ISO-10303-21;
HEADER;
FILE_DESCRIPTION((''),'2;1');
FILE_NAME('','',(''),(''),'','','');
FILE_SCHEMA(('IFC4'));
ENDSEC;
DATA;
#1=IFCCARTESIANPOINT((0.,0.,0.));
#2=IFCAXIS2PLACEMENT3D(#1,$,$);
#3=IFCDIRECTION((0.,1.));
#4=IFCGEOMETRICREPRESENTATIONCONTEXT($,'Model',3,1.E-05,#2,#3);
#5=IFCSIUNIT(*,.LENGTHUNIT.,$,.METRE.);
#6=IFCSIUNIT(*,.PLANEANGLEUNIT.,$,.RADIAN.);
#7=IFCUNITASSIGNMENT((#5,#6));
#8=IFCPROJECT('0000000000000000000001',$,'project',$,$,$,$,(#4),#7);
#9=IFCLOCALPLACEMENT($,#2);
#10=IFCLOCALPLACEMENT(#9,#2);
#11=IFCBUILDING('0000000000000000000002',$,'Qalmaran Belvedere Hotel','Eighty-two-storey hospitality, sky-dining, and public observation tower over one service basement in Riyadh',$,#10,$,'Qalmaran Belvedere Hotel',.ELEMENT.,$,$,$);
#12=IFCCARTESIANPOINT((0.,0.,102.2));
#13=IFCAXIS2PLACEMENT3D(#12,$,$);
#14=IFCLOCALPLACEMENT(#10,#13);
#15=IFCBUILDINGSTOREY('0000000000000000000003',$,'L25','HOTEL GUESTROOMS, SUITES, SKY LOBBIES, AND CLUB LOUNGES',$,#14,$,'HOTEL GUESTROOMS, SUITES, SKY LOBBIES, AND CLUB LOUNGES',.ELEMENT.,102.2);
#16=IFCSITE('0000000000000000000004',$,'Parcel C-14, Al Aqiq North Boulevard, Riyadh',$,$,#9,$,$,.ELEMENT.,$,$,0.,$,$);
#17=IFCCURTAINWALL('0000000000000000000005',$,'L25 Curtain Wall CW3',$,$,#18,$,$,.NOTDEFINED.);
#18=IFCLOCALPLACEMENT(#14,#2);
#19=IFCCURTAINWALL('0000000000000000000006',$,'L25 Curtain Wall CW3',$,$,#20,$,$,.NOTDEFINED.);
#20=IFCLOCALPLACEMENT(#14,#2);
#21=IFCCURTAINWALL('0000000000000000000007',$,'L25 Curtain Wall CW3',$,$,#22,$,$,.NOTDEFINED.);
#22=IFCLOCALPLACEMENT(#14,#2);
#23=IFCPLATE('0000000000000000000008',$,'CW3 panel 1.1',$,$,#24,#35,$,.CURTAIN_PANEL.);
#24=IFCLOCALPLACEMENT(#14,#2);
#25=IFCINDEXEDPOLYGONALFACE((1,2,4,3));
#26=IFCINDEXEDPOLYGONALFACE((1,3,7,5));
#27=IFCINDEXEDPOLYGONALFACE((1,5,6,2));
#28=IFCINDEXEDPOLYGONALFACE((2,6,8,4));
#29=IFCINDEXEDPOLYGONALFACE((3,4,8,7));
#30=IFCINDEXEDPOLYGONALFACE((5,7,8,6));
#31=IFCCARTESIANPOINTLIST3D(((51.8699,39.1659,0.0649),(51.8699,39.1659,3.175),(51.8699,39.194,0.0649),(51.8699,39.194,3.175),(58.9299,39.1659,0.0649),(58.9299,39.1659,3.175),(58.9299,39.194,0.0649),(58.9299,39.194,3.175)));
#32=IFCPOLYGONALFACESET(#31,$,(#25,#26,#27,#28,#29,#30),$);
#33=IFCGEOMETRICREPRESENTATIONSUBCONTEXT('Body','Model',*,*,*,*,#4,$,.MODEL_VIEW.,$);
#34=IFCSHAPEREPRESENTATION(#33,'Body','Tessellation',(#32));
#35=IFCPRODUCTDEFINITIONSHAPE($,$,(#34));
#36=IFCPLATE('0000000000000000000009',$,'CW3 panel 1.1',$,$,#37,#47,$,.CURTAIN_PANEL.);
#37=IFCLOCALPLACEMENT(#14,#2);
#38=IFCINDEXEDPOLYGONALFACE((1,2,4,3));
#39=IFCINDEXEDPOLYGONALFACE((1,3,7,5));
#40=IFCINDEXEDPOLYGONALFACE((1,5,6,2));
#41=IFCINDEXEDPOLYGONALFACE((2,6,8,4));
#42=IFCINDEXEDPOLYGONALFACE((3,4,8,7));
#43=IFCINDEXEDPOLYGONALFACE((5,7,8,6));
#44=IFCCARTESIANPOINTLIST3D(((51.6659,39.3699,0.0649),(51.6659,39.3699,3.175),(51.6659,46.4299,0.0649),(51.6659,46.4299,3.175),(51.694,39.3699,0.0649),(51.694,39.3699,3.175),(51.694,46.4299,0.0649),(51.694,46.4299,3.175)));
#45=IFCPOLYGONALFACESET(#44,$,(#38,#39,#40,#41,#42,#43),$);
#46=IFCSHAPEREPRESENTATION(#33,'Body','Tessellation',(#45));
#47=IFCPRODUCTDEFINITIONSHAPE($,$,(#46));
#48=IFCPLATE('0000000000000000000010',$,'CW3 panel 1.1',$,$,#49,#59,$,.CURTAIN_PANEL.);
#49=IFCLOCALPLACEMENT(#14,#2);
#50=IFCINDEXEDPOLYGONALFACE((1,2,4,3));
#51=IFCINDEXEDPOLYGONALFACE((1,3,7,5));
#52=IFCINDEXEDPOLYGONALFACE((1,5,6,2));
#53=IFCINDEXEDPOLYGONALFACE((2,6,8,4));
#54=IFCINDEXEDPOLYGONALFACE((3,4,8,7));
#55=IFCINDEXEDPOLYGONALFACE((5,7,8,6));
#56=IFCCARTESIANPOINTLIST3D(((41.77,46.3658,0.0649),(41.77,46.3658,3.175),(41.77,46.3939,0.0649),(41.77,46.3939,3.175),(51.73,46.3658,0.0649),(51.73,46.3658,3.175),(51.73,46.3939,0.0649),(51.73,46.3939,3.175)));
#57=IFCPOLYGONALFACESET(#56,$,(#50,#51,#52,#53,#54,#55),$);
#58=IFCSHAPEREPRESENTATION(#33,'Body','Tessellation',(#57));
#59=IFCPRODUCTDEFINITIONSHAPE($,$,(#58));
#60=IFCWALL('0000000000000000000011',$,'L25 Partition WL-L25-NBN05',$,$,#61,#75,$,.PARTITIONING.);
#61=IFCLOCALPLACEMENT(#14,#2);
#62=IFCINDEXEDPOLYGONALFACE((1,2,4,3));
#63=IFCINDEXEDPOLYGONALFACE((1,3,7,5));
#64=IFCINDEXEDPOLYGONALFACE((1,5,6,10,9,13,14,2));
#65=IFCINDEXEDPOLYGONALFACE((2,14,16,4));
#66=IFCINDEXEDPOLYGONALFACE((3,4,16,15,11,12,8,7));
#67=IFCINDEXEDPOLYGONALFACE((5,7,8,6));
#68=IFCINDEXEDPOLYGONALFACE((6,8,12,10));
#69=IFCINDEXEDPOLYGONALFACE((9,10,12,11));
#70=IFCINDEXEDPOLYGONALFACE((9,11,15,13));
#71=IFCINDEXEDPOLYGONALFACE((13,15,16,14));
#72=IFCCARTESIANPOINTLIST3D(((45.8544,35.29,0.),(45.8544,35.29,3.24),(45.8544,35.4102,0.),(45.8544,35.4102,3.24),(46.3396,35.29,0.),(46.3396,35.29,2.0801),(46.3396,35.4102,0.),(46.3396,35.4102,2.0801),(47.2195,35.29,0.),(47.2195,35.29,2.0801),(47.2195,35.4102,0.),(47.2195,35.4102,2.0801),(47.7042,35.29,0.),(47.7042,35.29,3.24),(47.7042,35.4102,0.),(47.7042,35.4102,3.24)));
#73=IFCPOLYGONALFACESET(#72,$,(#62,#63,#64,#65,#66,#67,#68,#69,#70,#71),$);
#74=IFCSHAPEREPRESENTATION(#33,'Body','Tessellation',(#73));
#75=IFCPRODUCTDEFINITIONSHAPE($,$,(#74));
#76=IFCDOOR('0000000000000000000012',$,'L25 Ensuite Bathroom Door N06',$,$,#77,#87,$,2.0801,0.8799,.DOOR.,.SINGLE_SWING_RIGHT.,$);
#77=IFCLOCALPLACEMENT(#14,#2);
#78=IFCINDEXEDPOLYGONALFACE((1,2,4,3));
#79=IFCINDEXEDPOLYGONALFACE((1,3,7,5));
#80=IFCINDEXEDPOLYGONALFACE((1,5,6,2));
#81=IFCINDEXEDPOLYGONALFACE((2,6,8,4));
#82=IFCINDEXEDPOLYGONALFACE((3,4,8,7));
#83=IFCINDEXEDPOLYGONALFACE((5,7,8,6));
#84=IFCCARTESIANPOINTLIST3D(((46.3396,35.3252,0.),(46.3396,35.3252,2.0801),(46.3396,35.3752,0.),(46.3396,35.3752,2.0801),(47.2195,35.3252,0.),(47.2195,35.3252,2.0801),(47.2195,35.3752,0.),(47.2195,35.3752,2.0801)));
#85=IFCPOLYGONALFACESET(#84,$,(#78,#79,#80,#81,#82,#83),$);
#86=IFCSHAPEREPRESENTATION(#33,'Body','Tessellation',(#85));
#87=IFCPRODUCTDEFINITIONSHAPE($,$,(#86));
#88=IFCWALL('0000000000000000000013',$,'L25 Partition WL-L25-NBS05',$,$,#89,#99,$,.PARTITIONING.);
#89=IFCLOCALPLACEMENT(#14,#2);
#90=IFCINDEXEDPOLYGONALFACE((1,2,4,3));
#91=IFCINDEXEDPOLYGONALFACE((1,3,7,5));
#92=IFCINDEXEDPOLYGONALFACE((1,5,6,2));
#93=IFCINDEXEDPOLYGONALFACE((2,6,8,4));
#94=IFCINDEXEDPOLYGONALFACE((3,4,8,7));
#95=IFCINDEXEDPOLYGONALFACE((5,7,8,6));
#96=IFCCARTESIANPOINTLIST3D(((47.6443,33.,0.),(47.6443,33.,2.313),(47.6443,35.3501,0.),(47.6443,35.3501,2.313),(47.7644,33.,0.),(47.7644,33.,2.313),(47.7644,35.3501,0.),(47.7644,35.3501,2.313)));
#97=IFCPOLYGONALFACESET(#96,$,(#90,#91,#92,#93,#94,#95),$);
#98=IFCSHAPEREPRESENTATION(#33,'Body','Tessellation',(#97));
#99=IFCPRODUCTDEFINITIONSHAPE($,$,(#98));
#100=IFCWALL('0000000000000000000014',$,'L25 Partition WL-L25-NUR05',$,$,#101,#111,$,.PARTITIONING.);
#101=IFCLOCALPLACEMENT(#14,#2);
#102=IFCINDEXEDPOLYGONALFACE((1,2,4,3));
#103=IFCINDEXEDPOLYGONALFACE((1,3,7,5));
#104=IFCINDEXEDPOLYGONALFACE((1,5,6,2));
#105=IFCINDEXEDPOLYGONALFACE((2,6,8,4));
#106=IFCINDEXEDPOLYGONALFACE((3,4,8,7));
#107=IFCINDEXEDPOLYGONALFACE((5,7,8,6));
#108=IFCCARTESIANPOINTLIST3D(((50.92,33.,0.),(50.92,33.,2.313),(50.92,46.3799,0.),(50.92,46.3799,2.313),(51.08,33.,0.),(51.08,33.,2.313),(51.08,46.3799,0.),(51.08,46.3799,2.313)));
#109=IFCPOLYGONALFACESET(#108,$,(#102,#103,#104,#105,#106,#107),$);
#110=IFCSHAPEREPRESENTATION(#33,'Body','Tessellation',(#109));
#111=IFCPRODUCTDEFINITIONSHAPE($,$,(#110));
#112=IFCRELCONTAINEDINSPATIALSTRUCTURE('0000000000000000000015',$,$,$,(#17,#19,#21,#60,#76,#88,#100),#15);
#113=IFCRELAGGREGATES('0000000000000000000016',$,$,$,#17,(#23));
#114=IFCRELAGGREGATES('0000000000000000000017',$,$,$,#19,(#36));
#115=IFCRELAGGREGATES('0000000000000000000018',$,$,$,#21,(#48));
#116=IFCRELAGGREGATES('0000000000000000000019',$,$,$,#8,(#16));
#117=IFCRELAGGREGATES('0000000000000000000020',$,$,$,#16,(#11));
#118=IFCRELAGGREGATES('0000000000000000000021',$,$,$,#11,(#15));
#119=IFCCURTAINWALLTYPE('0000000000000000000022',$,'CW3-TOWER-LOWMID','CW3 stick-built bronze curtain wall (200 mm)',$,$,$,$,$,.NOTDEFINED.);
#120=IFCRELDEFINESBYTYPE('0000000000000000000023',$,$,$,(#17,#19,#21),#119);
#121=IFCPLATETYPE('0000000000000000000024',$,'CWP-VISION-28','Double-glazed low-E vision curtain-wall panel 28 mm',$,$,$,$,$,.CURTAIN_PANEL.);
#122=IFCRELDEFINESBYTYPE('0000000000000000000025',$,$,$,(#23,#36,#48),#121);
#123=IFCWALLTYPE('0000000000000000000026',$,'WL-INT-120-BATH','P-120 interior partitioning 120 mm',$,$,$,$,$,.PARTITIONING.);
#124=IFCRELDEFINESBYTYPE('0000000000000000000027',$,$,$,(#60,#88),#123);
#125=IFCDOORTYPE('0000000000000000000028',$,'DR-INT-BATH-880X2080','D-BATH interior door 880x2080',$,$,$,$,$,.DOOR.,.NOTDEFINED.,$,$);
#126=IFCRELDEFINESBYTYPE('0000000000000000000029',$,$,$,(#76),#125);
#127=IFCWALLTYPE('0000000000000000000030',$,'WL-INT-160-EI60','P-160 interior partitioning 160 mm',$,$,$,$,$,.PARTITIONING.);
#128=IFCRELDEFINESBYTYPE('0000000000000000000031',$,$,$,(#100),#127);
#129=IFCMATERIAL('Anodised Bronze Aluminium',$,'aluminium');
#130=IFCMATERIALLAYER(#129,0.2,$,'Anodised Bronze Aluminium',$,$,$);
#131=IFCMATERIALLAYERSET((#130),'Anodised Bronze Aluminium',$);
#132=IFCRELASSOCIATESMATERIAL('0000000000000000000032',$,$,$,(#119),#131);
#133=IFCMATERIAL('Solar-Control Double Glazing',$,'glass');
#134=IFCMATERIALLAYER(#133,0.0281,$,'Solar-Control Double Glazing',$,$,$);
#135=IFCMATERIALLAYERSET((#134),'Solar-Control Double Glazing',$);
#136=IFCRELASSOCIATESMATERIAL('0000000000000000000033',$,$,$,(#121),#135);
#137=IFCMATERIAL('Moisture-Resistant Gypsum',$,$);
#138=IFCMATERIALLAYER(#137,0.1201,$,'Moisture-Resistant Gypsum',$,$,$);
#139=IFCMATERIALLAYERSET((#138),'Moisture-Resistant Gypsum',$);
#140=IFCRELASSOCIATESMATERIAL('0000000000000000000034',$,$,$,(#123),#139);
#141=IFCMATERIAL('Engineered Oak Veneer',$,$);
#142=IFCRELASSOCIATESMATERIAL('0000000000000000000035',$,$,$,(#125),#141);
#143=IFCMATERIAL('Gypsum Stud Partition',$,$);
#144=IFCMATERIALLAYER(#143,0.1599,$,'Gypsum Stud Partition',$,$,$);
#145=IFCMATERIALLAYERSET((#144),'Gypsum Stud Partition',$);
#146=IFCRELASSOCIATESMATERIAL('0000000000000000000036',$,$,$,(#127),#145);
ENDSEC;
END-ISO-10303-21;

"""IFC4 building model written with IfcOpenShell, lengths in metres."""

from ifc_helpers import new_model, si_unit, direction, frame, frame_2d, origin, origin_2d, place, context, subcontext, project, spatial, rectangle, extrude, material, layer, layer_set, type_object, element, fill, aggregate, save


model = new_model("IFC4")

# Units and contexts
model_context = context("Model", 3, precision=1e-05, world=origin(), true_north=direction((0.0, 1.0)))
body_context = subcontext(model_context, "Body", "Model", "MODEL_VIEW")
ifc_project = project(units=[si_unit("LENGTHUNIT", "METRE"), si_unit("PLANEANGLEUNIT", "RADIAN")], contexts=[model_context])

# Site, building, storey
site_placement = place(None, origin())
site = spatial("IfcSite", under=ifc_project, at=site_placement, Name="Parcel C-14, Al Aqiq North Boulevard, Riyadh", CompositionType="ELEMENT", RefElevation=0.0)
building_placement = place(site_placement, origin())
building = spatial("IfcBuilding", under=site, at=building_placement, Name="Qalmaran Belvedere Hotel", Description="Eighty-two-storey hospitality, sky-dining, and public observation tower over one service basement in Riyadh", LongName="Qalmaran Belvedere Hotel", CompositionType="ELEMENT")
storey_placement = place(building_placement, frame((0.0, 0.0, 102.2)))
storey = spatial("IfcBuildingStorey", under=building, at=storey_placement, Name="L25", Description="HOTEL GUESTROOMS, SUITES, SKY LOBBIES, AND CLUB LOUNGES", LongName="HOTEL GUESTROOMS, SUITES, SKY LOBBIES, AND CLUB LOUNGES", CompositionType="ELEMENT", Elevation=102.2)

# Shared definitions
ifc_material_1 = material(Name="Anodised Bronze Aluminium", Category="aluminium")
ifc_layer_1 = layer(ifc_material_1, 0.2, Name="Anodised Bronze Aluminium")
ifc_layer_set_1 = layer_set([ifc_layer_1], Name="Anodised Bronze Aluminium")
curtain_wall_type = type_object("IfcCurtainWallType", Name="CW3-TOWER-LOWMID", Description="CW3 stick-built bronze curtain wall (200 mm)", PredefinedType="NOTDEFINED", material=ifc_layer_set_1)

# Curtain walls
curtain_wall_1_placement = place(storey_placement, origin())
curtain_wall_1 = element("IfcCurtainWall", 1, at=curtain_wall_1_placement, inside=storey, type_object=curtain_wall_type, Name="L25 Curtain Wall CW3", PredefinedType="NOTDEFINED")
curtain_wall_2_placement = place(storey_placement, origin())
curtain_wall_2 = element("IfcCurtainWall", 2, at=curtain_wall_2_placement, inside=storey, type_object=curtain_wall_type, Name="L25 Curtain Wall CW3", PredefinedType="NOTDEFINED")

# Curtain wall
curtain_wall_3_placement = place(storey_placement, origin())
curtain_wall_3 = element("IfcCurtainWall", 3, at=curtain_wall_3_placement, inside=storey, type_object=curtain_wall_type, Name="L25 Curtain Wall CW3", PredefinedType="NOTDEFINED")

# Plates
ifc_material_2 = material(Name="Solar-Control Double Glazing", Category="glass")
ifc_layer_2 = layer(ifc_material_2, 0.0281, Name="Solar-Control Double Glazing")
ifc_layer_set_2 = layer_set([ifc_layer_2], Name="Solar-Control Double Glazing")
plate_type = type_object("IfcPlateType", Name="CWP-VISION-28", Description="Double-glazed low-E vision curtain-wall panel 28 mm", PredefinedType="CURTAIN_PANEL", material=ifc_layer_set_2)
plate_1_placement = place(storey_placement, frame((55.3999, 39.1799, 0.0649), z_axis=(0.0, 0.0, 1.0), x_axis=(-1.0, 0.0, 0.0)))
plate_1 = element("IfcPlate", 4, at=plate_1_placement, type_object=plate_type, Name="CW3 panel 1.1", PredefinedType="CURTAIN_PANEL", context=body_context, shape_type="SweptSolid", body=[
    extrude(rectangle(XDim=7.0601, YDim=0.0281, at=origin_2d()), origin(), (0.0, 0.0, 1.0), 3.1101),
])
aggregate(curtain_wall_1, [plate_1])
plate_2_placement = place(storey_placement, frame((51.6799, 42.8999, 0.0649), z_axis=(0.0, 0.0, 1.0), x_axis=(0.0, 1.0, 0.0)))
plate_2 = element("IfcPlate", 5, at=plate_2_placement, type_object=plate_type, Name="CW3 panel 1.1", PredefinedType="CURTAIN_PANEL", context=body_context, shape_type="SweptSolid", body=[
    extrude(rectangle(XDim=7.0601, YDim=0.0281, at=origin_2d()), origin(), (0.0, 0.0, 1.0), 3.1101),
])
aggregate(curtain_wall_2, [plate_2])
plate_3_placement = place(storey_placement, frame((46.75, 46.3799, 0.0649), z_axis=(0.0, 0.0, 1.0), x_axis=(-1.0, 0.0, 0.0)))
plate_3 = element("IfcPlate", 6, at=plate_3_placement, type_object=plate_type, Name="CW3 panel 1.1", PredefinedType="CURTAIN_PANEL", context=body_context, shape_type="SweptSolid", body=[
    extrude(rectangle(XDim=9.96, YDim=0.0281, at=origin_2d()), origin(), (0.0, 0.0, 1.0), 3.1101),
])
aggregate(curtain_wall_3, [plate_3])

# Wall, opening, door
ifc_material_3 = material(Name="Moisture-Resistant Gypsum")
ifc_layer_3 = layer(ifc_material_3, 0.1201, Name="Moisture-Resistant Gypsum")
ifc_layer_set_3 = layer_set([ifc_layer_3], Name="Moisture-Resistant Gypsum")
wall_type_1 = type_object("IfcWallType", Name="WL-INT-120-BATH", Description="P-120 interior partitioning 120 mm", PredefinedType="PARTITIONING", material=ifc_layer_set_3)
wall_1_placement = place(storey_placement, frame((45.8545, 35.3501, 0.0), z_axis=(0.0, 0.0, 1.0), x_axis=(1.0, 0.0, 0.0)))
wall_1 = element("IfcWall", 7, at=wall_1_placement, inside=storey, type_object=wall_type_1, Name="L25 Partition WL-L25-NBN05", PredefinedType="PARTITIONING", context=body_context, shape_type="SweptSolid", body=[
    extrude(rectangle(XDim=1.8499, YDim=0.1201, at=frame_2d((0.9248, 0.0))), origin(), (0.0, 0.0, 1.0), 3.24),
])
opening_1_placement = place(wall_1_placement, frame((1.365, 0.0, 0.0), z_axis=(0.0, 0.0, 1.0), x_axis=(-1.0, 0.0, 0.0)))
opening_1 = element("IfcOpeningElement", 8, at=opening_1_placement, cuts=wall_1, PredefinedType="OPENING", context=body_context, shape_type="SweptSolid", body=[
    extrude(rectangle(XDim=0.8799, YDim=2.0801, at=frame_2d((0.4399, 1.04))), frame((0.0, 0.0701, 0.0), z_axis=(0.0, -1.0, 0.0), x_axis=(1.0, 0.0, 0.0)), (0.0, 0.0, 1.0), 0.1401),
])
ifc_material_4 = material(Name="Engineered Oak Veneer")
door_type_1 = type_object("IfcDoorType", Name="DR-INT-BATH-880X2080", Description="D-BATH interior door 880x2080", OperationType="NOTDEFINED", PredefinedType="DOOR", material=ifc_material_4)
door_1_placement = place(opening_1_placement, origin())
door_1 = element("IfcDoor", 9, at=door_1_placement, inside=storey, type_object=door_type_1, Name="L25 Ensuite Bathroom Door N06", OperationType="SINGLE_SWING_RIGHT", OverallHeight=2.0801, OverallWidth=0.8799, PredefinedType="DOOR", context=body_context, shape_type="SweptSolid", body=[
    extrude(rectangle(XDim=0.8799, YDim=2.0801, at=frame_2d((0.4399, 1.04))), frame((0.0, 0.0249, 0.0), z_axis=(0.0, -1.0, 0.0), x_axis=(1.0, 0.0, 0.0)), (0.0, 0.0, 1.0), 0.05),
])
fill(opening_1, door_1)

# Walls
wall_2_placement = place(storey_placement, frame((47.7043, 33.0, 0.0), z_axis=(0.0, 0.0, 1.0), x_axis=(0.0, 1.0, 0.0)))
element("IfcWall", 10, at=wall_2_placement, inside=storey, type_object=wall_type_1, Name="L25 Partition WL-L25-NBS05", PredefinedType="PARTITIONING", context=body_context, shape_type="SweptSolid", body=[
    extrude(rectangle(XDim=2.3501, YDim=0.1201, at=frame_2d((1.175, 0.0))), origin(), (0.0, 0.0, 1.0), 2.313),
])
ifc_material_5 = material(Name="Gypsum Stud Partition")
ifc_layer_4 = layer(ifc_material_5, 0.1599, Name="Gypsum Stud Partition")
ifc_layer_set_4 = layer_set([ifc_layer_4], Name="Gypsum Stud Partition")
wall_type_2 = type_object("IfcWallType", Name="WL-INT-160-EI60", Description="P-160 interior partitioning 160 mm", PredefinedType="PARTITIONING", material=ifc_layer_set_4)
wall_3_placement = place(storey_placement, frame((51.0, 33.0, 0.0), z_axis=(0.0, 0.0, 1.0), x_axis=(0.0, 1.0, 0.0)))
element("IfcWall", 11, at=wall_3_placement, inside=storey, type_object=wall_type_2, Name="L25 Partition WL-L25-NUR05", PredefinedType="PARTITIONING", context=body_context, shape_type="SweptSolid", body=[
    extrude(rectangle(XDim=13.3799, YDim=0.1599, at=frame_2d((6.6899, 0.0))), origin(), (0.0, 0.0, 1.0), 2.313),
])

save(model, "model.ifc")
